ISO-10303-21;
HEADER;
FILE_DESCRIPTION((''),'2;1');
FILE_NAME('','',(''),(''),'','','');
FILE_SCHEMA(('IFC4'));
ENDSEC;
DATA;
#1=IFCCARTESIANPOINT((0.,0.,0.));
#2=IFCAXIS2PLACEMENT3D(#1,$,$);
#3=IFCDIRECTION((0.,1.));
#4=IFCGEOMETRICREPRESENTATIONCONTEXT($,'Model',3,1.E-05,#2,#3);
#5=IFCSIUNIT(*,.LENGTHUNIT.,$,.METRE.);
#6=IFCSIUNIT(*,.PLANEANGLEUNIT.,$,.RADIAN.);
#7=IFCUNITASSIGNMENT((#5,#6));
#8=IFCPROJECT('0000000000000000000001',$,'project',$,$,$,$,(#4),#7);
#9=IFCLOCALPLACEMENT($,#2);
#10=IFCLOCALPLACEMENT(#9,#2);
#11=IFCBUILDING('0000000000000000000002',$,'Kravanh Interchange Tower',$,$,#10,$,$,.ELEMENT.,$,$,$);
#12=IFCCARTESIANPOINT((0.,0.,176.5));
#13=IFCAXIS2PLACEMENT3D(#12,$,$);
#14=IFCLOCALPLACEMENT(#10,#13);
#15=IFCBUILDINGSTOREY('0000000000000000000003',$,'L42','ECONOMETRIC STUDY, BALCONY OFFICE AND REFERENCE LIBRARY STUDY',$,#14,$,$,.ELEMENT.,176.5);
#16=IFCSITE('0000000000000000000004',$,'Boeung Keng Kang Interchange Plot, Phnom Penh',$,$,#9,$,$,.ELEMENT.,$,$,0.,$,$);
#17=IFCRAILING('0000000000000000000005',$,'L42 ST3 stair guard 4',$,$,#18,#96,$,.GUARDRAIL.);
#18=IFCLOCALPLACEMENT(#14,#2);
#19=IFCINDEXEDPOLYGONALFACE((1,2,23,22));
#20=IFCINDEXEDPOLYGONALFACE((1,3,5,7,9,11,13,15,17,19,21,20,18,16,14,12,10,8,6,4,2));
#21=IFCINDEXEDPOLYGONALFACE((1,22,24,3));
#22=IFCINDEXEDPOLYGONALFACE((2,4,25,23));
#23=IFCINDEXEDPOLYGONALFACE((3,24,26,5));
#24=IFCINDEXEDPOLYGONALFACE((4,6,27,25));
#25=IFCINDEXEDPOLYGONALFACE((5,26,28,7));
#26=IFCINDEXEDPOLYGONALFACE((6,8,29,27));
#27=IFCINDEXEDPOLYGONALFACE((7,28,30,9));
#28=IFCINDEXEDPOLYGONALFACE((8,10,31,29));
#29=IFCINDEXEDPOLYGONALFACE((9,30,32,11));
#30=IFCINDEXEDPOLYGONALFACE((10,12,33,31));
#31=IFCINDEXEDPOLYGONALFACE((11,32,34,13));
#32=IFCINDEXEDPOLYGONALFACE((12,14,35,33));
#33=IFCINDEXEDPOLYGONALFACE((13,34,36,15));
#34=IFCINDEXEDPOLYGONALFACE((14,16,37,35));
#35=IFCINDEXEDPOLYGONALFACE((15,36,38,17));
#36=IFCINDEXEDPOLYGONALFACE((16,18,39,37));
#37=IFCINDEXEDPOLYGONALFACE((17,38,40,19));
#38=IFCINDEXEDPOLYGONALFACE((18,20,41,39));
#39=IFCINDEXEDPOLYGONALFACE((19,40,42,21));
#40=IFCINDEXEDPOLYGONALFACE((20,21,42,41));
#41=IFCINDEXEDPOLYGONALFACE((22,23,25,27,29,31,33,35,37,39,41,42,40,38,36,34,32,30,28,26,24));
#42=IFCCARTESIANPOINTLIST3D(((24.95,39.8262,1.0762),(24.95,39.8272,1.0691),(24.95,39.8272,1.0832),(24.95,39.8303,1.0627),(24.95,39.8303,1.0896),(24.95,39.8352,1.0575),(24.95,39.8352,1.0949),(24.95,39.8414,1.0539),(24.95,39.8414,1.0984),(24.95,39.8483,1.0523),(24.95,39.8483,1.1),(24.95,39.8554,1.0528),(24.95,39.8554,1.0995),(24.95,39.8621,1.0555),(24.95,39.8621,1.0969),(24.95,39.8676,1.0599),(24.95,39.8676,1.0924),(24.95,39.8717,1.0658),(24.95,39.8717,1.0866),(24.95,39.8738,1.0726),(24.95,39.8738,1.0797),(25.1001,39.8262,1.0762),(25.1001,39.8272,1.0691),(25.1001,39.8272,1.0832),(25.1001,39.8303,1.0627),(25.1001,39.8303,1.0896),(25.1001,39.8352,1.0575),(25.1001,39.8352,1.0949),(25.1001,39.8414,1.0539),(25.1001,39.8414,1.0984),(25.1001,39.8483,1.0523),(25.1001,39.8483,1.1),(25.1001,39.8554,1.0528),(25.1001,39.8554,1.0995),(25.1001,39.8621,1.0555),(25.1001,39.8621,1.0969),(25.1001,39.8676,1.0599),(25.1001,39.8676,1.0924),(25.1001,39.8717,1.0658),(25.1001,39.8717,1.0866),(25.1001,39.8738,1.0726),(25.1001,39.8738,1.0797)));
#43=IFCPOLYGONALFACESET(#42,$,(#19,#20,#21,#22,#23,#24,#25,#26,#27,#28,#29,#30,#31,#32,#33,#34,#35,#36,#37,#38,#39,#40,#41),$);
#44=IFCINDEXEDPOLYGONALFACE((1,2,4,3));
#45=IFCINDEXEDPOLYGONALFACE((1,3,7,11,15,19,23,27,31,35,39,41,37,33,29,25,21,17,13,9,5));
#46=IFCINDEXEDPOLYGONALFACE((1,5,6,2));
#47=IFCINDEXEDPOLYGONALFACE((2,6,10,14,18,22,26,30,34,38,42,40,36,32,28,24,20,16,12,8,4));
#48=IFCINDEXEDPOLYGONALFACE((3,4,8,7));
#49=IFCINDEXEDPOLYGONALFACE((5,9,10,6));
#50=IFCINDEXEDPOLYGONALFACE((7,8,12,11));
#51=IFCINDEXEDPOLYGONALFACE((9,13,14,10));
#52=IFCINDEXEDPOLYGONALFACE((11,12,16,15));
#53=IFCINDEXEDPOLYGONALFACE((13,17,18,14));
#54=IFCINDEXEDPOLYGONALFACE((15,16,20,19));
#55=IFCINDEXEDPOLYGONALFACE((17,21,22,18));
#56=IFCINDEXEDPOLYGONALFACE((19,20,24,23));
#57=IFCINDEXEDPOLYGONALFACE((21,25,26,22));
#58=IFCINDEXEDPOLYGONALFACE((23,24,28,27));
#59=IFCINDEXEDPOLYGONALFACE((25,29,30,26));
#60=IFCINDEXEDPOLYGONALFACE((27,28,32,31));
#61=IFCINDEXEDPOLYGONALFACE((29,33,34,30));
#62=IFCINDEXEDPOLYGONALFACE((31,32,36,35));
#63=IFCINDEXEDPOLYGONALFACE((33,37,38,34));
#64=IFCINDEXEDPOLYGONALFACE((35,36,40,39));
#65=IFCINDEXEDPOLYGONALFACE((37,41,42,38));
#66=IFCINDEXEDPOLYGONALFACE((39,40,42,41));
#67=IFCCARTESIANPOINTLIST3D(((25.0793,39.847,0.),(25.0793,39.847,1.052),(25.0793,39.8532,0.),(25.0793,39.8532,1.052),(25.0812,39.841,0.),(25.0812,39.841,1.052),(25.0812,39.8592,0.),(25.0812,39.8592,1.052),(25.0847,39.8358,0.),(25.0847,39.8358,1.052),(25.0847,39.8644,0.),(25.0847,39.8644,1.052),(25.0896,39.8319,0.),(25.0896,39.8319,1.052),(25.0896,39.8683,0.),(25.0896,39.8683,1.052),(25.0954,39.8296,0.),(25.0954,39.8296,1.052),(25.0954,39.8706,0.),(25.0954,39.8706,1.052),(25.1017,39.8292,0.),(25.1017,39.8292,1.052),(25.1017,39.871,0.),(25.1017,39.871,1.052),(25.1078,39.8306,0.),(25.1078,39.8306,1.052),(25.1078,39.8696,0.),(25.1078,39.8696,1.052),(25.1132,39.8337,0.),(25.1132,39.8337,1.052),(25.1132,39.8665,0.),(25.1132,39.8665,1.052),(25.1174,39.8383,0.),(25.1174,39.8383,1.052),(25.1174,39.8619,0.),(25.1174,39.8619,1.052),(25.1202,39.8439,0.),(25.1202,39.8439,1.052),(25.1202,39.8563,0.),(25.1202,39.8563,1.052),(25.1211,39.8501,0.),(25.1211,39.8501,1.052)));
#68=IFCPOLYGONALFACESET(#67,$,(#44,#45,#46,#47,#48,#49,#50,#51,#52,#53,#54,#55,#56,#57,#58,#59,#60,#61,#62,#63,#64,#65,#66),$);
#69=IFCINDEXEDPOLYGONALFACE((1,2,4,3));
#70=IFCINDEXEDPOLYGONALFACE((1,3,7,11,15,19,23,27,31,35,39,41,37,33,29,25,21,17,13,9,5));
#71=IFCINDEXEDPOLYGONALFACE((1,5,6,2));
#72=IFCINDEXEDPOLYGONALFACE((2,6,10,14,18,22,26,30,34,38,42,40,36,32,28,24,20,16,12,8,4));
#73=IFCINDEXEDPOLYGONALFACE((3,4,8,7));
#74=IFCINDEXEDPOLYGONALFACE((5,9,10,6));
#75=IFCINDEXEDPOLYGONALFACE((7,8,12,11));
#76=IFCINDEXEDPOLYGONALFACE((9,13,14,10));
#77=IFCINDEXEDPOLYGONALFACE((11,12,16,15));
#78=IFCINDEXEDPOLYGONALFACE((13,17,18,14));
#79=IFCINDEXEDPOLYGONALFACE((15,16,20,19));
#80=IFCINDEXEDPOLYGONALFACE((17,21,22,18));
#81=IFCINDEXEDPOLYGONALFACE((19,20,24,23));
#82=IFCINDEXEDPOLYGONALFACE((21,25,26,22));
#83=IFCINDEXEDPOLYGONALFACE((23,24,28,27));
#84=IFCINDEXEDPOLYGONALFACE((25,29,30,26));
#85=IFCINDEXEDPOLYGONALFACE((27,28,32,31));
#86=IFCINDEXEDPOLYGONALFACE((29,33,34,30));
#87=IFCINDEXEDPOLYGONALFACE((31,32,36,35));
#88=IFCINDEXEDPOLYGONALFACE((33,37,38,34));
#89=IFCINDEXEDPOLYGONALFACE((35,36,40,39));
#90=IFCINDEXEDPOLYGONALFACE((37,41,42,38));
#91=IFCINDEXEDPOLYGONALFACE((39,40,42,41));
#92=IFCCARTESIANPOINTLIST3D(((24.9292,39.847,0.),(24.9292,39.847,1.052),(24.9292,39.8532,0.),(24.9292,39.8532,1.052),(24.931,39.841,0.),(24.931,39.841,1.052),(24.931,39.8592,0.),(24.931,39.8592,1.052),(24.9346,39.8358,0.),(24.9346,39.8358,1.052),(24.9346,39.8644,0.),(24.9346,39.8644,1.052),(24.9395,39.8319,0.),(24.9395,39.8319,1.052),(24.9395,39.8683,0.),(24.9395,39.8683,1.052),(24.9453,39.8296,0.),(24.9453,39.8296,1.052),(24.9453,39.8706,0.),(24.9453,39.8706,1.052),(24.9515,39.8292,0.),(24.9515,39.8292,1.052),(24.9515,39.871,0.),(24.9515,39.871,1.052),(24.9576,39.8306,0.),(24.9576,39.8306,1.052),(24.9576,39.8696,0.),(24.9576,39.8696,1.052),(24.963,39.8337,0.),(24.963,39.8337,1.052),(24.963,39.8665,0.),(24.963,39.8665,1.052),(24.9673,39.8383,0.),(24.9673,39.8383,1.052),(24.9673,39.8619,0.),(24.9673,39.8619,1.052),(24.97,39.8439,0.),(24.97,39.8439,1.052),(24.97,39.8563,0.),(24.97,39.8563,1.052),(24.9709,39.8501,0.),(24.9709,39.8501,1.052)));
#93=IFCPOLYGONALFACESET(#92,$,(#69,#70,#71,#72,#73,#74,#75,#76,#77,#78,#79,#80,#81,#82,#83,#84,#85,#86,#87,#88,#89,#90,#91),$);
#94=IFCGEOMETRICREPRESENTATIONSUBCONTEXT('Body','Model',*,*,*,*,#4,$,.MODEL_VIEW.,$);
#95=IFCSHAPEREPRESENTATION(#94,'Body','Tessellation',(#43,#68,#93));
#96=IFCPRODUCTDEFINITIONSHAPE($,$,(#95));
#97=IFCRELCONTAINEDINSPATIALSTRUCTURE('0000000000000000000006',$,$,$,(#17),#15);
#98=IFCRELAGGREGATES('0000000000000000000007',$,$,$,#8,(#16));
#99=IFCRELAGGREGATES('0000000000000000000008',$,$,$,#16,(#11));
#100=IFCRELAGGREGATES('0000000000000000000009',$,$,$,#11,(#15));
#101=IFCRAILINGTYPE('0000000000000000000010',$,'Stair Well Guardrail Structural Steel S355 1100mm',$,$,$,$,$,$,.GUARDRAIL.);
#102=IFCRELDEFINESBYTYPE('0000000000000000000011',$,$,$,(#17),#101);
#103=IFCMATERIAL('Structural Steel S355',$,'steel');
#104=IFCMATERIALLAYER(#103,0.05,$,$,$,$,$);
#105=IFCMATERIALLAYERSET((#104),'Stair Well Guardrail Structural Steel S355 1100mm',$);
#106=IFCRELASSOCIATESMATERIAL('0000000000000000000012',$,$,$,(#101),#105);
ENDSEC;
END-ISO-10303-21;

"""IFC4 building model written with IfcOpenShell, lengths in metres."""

from ifc_helpers import new_model, si_unit, direction, frame, origin, origin_2d, place, context, subcontext, project, spatial, circle, extrude, material, layer, layer_set, type_object, element, save


model = new_model("IFC4")

# Units and contexts
model_context = context("Model", 3, precision=1e-05, world=origin(), true_north=direction((0.0, 1.0)))
body_context = subcontext(model_context, "Body", "Model", "MODEL_VIEW")
ifc_project = project(units=[si_unit("LENGTHUNIT", "METRE"), si_unit("PLANEANGLEUNIT", "RADIAN")], contexts=[model_context])

# Site, building, storey
site_placement = place(None, origin())
site = spatial("IfcSite", under=ifc_project, at=site_placement, Name="Boeung Keng Kang Interchange Plot, Phnom Penh", CompositionType="ELEMENT", RefElevation=0.0)
building_placement = place(site_placement, origin())
building = spatial("IfcBuilding", under=site, at=building_placement, Name="Kravanh Interchange Tower", CompositionType="ELEMENT")
storey_placement = place(building_placement, frame((0.0, 0.0, 176.5)))
storey = spatial("IfcBuildingStorey", under=building, at=storey_placement, Name="L42", Description="ECONOMETRIC STUDY, BALCONY OFFICE AND REFERENCE LIBRARY STUDY", CompositionType="ELEMENT", Elevation=176.5)

# Railing
ifc_material_1 = material(Name="Structural Steel S355", Category="steel")
ifc_layer_1 = layer(ifc_material_1, 0.05)
ifc_layer_set_1 = layer_set([ifc_layer_1], Name="Stair Well Guardrail Structural Steel S355 1100mm")
railing_type_1 = type_object("IfcRailingType", Name="Stair Well Guardrail Structural Steel S355 1100mm", PredefinedType="GUARDRAIL", material=ifc_layer_set_1)
railing_1_placement = place(storey_placement, frame((25.1001, 39.8501, 0.0)))
element("IfcRailing", 1, at=railing_1_placement, inside=storey, type_object=railing_type_1, Name="L42 ST3 stair guard 4", PredefinedType="GUARDRAIL", context=body_context, shape_type="SweptSolid", body=[
    extrude(circle(Radius=0.0239, at=origin_2d()), frame((0.0, 0.0, 1.0762), z_axis=(-1.0, 0.0, 0.0), x_axis=(0.0, -1.0, 0.0)), (0.0, 0.0, 1.0), 0.1501),
    extrude(circle(Radius=0.021, at=origin_2d()), origin(), (0.0, 0.0, 1.0), 1.052),
    extrude(circle(Radius=0.021, at=origin_2d()), frame((-0.1501, 0.0, 0.0)), (0.0, 0.0, 1.0), 1.052),
])

save(model, "model.ifc")
